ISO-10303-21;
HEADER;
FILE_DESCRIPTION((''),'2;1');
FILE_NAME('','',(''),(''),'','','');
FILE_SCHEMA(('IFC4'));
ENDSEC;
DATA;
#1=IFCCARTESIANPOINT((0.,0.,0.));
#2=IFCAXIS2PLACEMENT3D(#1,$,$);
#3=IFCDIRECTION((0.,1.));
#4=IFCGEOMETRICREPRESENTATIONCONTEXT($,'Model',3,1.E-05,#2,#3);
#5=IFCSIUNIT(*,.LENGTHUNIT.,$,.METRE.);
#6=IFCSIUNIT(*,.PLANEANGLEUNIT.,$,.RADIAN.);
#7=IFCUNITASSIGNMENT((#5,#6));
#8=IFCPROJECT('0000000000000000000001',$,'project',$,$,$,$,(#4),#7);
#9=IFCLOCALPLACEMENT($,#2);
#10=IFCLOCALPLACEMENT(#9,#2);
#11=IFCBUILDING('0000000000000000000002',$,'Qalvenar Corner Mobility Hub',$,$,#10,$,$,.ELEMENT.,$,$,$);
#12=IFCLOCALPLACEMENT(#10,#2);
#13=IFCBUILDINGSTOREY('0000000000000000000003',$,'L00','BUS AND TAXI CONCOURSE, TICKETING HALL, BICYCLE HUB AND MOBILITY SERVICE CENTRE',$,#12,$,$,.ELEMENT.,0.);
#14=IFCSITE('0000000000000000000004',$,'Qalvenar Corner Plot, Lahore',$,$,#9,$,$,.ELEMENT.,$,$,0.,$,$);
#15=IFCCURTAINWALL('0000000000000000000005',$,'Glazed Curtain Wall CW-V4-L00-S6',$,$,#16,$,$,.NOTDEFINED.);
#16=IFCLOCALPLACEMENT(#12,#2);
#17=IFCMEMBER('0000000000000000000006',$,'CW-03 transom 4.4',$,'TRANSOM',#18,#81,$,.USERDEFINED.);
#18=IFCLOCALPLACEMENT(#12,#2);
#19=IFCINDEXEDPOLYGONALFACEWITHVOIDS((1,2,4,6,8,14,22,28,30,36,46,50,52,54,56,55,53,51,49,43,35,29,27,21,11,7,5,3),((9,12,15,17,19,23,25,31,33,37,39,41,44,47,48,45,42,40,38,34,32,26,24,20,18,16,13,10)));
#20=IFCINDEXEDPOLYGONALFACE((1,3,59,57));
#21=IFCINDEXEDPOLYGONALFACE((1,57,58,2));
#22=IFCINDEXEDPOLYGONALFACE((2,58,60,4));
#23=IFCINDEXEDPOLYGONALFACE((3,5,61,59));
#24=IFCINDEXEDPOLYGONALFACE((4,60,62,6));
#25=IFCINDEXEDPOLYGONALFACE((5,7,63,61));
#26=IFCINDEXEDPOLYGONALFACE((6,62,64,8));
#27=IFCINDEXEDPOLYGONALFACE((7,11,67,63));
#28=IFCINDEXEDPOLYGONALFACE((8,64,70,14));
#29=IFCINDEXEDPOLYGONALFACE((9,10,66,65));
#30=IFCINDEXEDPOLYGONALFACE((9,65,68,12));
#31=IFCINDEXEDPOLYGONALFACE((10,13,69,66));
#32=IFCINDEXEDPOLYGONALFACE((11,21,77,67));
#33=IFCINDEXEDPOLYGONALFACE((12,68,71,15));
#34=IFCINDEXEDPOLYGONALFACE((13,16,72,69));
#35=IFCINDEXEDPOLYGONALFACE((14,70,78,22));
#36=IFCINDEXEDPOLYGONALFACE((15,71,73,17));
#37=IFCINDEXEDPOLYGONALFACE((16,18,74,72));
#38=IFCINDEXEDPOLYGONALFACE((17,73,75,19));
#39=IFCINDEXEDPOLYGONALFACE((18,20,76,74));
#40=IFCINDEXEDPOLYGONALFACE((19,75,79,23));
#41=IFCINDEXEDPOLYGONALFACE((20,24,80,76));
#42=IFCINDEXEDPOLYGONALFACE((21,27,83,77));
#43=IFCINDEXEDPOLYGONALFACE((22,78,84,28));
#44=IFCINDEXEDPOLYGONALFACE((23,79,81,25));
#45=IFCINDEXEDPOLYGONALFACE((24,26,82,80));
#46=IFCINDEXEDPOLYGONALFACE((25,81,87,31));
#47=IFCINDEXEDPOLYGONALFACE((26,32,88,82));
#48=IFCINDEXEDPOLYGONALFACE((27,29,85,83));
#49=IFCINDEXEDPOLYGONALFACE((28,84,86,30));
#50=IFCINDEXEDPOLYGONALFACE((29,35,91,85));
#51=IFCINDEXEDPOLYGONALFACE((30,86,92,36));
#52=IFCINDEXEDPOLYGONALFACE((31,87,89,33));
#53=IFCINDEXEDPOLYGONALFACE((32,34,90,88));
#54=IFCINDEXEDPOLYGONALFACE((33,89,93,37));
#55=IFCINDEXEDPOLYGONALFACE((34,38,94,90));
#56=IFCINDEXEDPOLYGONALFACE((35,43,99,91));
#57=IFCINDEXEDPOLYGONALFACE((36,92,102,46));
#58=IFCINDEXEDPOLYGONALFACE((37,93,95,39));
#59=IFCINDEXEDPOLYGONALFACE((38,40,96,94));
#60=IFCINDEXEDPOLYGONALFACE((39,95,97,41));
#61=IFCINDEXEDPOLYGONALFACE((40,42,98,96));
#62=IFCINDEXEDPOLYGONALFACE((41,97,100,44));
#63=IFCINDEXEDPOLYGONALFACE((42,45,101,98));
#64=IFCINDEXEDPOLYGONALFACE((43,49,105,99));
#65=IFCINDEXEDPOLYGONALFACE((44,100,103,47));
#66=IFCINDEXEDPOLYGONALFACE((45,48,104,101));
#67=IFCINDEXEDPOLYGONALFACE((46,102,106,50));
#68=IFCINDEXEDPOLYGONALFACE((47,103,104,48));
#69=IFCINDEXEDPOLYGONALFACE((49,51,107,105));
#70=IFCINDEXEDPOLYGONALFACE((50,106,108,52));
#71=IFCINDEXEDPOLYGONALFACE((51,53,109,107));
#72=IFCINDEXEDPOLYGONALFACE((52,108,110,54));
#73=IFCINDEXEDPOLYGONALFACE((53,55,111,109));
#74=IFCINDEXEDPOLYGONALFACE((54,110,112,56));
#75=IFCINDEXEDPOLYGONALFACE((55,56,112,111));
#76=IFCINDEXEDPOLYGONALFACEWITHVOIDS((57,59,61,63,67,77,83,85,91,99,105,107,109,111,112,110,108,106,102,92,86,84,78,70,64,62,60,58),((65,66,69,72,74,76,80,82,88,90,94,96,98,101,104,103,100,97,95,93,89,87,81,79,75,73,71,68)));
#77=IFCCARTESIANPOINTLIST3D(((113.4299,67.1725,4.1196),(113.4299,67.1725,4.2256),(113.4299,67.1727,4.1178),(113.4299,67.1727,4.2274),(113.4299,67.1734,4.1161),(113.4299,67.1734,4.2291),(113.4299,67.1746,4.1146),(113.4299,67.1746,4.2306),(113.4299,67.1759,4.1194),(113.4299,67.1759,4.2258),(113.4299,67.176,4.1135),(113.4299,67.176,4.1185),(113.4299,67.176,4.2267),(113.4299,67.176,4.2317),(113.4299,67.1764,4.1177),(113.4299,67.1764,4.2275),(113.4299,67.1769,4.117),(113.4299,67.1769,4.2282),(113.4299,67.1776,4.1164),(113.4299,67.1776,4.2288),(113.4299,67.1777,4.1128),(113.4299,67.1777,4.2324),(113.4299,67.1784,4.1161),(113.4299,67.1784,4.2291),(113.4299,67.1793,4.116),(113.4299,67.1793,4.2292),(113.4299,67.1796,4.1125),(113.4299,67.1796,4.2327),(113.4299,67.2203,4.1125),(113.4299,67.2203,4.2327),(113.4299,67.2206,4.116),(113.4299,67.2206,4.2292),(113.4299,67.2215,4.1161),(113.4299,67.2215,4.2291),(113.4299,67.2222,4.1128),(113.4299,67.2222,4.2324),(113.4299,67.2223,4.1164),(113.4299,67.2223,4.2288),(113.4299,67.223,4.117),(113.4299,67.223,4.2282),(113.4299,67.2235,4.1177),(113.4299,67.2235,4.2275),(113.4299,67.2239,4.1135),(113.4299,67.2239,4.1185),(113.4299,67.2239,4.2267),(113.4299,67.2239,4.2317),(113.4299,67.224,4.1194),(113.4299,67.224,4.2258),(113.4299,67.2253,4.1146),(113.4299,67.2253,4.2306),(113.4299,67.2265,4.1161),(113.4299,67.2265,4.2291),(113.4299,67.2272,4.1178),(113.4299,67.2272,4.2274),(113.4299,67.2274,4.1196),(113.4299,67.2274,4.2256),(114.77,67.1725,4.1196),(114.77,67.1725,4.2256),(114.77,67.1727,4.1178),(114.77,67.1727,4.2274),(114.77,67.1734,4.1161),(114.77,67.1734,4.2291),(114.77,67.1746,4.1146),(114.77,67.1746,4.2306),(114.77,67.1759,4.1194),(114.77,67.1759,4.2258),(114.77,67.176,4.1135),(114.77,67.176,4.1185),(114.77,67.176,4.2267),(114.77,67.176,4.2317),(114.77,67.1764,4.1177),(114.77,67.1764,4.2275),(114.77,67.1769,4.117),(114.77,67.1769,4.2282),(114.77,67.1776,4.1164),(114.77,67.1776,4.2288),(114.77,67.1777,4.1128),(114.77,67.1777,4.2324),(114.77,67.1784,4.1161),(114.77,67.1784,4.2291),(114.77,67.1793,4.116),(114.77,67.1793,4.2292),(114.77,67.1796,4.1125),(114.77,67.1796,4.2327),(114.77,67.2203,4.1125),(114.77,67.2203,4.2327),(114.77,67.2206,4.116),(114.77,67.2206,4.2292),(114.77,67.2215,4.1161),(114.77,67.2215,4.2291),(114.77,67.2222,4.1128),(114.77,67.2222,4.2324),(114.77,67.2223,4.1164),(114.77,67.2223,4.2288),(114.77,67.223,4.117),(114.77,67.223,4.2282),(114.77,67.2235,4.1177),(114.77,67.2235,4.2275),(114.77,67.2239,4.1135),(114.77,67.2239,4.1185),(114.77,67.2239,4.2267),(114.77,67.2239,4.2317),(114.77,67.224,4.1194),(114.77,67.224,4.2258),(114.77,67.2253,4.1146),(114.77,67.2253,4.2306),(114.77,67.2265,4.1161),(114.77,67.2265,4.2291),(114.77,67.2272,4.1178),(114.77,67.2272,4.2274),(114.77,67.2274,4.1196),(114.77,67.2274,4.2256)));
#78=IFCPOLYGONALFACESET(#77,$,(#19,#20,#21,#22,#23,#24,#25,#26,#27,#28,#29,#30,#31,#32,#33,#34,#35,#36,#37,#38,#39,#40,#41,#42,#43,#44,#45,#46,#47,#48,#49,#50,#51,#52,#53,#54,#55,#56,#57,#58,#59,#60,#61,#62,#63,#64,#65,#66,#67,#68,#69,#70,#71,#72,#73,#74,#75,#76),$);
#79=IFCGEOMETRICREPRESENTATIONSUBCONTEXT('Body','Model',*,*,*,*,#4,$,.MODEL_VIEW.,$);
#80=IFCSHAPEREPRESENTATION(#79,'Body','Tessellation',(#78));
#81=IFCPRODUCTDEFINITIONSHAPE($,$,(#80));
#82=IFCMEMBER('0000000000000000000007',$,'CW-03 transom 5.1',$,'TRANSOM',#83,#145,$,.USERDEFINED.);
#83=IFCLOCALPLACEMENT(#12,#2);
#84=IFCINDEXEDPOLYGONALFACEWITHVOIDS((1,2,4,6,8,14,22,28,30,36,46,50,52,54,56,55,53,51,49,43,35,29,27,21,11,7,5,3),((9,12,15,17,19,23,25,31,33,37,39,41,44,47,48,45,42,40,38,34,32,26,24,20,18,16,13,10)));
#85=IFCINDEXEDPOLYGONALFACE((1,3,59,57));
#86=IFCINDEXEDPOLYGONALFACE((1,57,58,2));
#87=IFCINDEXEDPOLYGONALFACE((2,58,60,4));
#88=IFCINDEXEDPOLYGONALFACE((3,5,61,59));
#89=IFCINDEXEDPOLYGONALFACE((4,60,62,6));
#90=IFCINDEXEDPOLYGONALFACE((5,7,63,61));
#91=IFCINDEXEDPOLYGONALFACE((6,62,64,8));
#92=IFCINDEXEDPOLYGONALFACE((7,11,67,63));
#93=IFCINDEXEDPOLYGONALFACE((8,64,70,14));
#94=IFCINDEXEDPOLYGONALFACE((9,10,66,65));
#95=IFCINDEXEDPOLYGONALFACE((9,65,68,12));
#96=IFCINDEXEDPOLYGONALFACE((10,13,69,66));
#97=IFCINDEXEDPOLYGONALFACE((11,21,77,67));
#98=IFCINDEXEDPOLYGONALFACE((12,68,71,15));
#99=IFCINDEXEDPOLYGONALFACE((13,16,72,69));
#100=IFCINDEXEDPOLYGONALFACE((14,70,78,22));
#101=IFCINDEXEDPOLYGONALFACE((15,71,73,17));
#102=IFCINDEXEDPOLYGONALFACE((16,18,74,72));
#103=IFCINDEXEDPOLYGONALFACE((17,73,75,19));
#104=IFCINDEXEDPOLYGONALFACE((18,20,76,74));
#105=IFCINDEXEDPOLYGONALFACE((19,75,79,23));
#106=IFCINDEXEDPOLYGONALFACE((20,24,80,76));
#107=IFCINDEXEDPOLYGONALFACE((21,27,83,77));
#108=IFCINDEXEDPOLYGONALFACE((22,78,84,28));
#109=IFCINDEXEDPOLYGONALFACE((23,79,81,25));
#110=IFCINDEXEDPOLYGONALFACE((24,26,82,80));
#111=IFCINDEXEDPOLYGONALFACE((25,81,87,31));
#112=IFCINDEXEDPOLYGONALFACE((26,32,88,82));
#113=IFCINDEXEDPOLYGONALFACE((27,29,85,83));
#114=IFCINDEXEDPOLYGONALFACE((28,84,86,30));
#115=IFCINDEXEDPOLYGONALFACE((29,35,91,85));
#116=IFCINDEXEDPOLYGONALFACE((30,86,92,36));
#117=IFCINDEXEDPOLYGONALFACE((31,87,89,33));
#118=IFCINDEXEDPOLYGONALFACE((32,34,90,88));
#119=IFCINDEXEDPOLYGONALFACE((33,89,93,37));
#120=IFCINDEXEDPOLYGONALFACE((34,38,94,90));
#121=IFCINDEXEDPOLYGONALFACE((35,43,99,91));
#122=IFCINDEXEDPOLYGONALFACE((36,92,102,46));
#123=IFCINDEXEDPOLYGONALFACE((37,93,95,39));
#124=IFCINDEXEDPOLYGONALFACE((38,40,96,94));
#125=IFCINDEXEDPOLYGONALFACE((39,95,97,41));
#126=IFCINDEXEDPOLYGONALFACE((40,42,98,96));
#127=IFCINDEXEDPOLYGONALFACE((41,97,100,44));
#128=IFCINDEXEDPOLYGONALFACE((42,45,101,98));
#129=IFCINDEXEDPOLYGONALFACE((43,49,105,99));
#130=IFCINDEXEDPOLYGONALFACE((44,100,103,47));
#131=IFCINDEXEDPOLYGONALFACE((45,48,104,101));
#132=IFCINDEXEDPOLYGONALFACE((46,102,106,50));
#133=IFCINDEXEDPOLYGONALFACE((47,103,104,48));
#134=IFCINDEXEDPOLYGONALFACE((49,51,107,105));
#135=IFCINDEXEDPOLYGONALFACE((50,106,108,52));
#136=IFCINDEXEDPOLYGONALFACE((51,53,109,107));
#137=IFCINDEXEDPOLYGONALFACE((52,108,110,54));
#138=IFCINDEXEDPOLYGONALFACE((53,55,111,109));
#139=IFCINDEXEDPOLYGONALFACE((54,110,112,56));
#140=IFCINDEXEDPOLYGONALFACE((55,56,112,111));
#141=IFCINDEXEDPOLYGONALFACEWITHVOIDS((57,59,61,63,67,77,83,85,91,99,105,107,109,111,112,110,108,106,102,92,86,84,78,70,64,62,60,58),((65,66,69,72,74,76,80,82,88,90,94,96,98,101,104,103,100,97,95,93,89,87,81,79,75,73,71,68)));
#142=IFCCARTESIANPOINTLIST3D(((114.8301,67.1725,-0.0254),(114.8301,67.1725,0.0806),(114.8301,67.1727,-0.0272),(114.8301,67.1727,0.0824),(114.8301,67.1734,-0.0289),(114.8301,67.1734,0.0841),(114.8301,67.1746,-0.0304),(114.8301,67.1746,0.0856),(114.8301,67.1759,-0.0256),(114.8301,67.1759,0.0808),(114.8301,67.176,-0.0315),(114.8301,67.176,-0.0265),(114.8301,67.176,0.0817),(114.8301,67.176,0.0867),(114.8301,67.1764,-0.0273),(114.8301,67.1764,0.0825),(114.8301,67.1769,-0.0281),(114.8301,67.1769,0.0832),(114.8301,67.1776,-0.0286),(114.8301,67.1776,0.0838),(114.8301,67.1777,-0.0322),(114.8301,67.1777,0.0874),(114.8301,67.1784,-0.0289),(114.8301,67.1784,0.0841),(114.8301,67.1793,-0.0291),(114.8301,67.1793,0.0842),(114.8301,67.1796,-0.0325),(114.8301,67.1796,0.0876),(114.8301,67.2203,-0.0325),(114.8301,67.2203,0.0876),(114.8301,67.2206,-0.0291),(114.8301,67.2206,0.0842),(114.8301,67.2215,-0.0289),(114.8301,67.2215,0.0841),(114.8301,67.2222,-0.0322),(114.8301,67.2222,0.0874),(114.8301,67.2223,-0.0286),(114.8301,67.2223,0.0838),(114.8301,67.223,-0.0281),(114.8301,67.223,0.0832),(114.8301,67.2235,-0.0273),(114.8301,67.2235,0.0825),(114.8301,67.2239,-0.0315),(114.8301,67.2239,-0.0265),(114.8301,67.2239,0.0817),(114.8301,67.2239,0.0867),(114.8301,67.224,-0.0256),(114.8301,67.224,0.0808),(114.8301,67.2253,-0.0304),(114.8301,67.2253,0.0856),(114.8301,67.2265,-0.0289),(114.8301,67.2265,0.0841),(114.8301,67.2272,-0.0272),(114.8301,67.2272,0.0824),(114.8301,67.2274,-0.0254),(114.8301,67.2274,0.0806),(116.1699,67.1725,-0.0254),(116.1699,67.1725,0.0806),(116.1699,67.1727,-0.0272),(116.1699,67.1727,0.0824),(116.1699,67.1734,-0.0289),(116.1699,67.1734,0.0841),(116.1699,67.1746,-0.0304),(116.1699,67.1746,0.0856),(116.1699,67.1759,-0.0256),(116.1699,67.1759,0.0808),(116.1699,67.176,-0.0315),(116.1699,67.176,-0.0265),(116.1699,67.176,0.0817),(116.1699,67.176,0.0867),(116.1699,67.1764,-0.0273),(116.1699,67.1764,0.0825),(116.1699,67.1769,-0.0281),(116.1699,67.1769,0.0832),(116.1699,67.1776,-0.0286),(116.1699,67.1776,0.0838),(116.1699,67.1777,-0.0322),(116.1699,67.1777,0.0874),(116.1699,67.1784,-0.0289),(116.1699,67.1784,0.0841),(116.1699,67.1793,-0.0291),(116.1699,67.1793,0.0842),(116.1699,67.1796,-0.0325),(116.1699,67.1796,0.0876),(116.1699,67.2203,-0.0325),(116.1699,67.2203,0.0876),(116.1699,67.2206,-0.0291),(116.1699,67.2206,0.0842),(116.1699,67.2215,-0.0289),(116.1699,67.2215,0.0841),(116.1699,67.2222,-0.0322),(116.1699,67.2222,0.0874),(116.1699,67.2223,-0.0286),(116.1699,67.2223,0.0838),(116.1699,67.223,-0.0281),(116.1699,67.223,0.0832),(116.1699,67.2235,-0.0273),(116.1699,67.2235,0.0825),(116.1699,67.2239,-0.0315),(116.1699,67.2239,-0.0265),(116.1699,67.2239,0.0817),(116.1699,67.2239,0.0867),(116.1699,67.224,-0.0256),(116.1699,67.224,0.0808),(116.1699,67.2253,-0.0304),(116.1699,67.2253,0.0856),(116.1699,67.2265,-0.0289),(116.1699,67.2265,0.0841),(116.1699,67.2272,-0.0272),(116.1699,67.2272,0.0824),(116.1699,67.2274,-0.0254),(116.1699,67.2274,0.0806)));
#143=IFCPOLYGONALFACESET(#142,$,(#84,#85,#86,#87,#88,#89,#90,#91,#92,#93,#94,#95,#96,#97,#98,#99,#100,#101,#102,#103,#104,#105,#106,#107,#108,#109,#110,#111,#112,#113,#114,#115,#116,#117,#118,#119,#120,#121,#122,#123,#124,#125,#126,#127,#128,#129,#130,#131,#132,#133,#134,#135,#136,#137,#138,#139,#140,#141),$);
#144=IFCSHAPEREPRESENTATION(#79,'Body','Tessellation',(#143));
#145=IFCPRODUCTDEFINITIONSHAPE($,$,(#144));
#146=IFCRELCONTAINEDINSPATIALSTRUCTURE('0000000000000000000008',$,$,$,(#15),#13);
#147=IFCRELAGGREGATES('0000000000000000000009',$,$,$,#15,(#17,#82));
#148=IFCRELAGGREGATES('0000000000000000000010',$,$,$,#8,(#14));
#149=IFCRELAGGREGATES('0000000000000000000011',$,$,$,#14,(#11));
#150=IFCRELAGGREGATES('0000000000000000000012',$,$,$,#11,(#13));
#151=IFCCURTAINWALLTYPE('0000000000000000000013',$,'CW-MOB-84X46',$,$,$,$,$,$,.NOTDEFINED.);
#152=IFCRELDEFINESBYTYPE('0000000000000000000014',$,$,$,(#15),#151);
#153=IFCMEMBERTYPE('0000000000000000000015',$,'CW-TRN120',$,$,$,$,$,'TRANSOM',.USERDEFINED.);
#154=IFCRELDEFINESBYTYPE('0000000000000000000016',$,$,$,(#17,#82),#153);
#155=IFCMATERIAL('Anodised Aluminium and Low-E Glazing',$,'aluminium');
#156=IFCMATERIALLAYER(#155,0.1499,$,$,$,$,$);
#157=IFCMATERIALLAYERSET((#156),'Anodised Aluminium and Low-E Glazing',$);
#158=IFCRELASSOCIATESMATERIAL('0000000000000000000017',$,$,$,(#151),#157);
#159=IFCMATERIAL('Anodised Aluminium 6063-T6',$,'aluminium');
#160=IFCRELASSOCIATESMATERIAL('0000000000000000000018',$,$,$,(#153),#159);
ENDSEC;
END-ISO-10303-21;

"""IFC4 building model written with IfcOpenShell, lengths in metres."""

from ifc_helpers import new_model, si_unit, direction, frame, origin, origin_2d, place, context, subcontext, project, spatial, hollow_rectangle, extrude, material, layer, layer_set, material_profile, profile_set, type_object, element, aggregate, save


model = new_model("IFC4")

# Units and contexts
model_context = context("Model", 3, precision=1e-05, world=origin(), true_north=direction((0.0, 1.0)))
body_context = subcontext(model_context, "Body", "Model", "MODEL_VIEW")
ifc_project = project(units=[si_unit("LENGTHUNIT", "METRE"), si_unit("PLANEANGLEUNIT", "RADIAN")], contexts=[model_context])

# Site, building, storey
site_placement = place(None, origin())
site = spatial("IfcSite", under=ifc_project, at=site_placement, Name="Qalvenar Corner Plot, Lahore", CompositionType="ELEMENT", RefElevation=0.0)
building_placement = place(site_placement, origin())
building = spatial("IfcBuilding", under=site, at=building_placement, Name="Qalvenar Corner Mobility Hub", CompositionType="ELEMENT")
storey_placement = place(building_placement, origin())
storey = spatial("IfcBuildingStorey", under=building, at=storey_placement, Name="L00", Description="BUS AND TAXI CONCOURSE, TICKETING HALL, BICYCLE HUB AND MOBILITY SERVICE CENTRE", CompositionType="ELEMENT", Elevation=0.0)

# Curtain wall, members
ifc_material_1 = material(Name="Anodised Aluminium and Low-E Glazing", Category="aluminium")
ifc_layer_1 = layer(ifc_material_1, 0.1499)
ifc_layer_set_1 = layer_set([ifc_layer_1], Name="Anodised Aluminium and Low-E Glazing")
curtain_wall_type = type_object("IfcCurtainWallType", Name="CW-MOB-84X46", PredefinedType="NOTDEFINED", material=ifc_layer_set_1)
curtain_wall_placement = place(storey_placement, origin())
curtain_wall = element("IfcCurtainWall", 1, at=curtain_wall_placement, inside=storey, type_object=curtain_wall_type, Name="Glazed Curtain Wall CW-V4-L00-S6", PredefinedType="NOTDEFINED")
ifc_material_2 = material(Name="Anodised Aluminium 6063-T6", Category="aluminium")
ifc_material_profile_1 = material_profile(ifc_material_2, hollow_rectangle(XDim=0.0549, YDim=0.1201, WallThickness=0.0034, InnerFilletRadius=0.0034, OuterFilletRadius=0.0071, at=origin_2d()), Name="RHS120x55x3.5")
ifc_profile_set_1 = profile_set([ifc_material_profile_1], Name="Anodised Aluminium 6063-T6")
member_type_1 = type_object("IfcMemberType", Name="CW-TRN120", ElementType="TRANSOM", PredefinedType="USERDEFINED", material=ifc_profile_set_1)
member_1_placement = place(storey_placement, frame((113.4299, 67.2, 4.1726), z_axis=(1.0, 0.0, 0.0), x_axis=(0.0, 1.0, 0.0)))
member_1 = element("IfcMember", 2, at=member_1_placement, type_object=member_type_1, Name="CW-03 transom 4.4", ObjectType="TRANSOM", PredefinedType="USERDEFINED", context=body_context, shape_type="SweptSolid", body=[
    extrude(hollow_rectangle(XDim=0.0549, YDim=0.1201, WallThickness=0.0034, InnerFilletRadius=0.0034, OuterFilletRadius=0.0071, at=origin_2d()), origin(), (0.0, 0.0, 1.0), 1.3401),
])
member_2_placement = place(storey_placement, frame((114.8301, 67.2, 0.0276), z_axis=(1.0, 0.0, 0.0), x_axis=(0.0, 1.0, 0.0)))
member_2 = element("IfcMember", 3, at=member_2_placement, type_object=member_type_1, Name="CW-03 transom 5.1", ObjectType="TRANSOM", PredefinedType="USERDEFINED", context=body_context, shape_type="SweptSolid", body=[
    extrude(hollow_rectangle(XDim=0.0549, YDim=0.1201, WallThickness=0.0034, InnerFilletRadius=0.0034, OuterFilletRadius=0.0071, at=origin_2d()), origin(), (0.0, 0.0, 1.0), 1.3398),
])
aggregate(curtain_wall, [member_1, member_2])

save(model, "model.ifc")
